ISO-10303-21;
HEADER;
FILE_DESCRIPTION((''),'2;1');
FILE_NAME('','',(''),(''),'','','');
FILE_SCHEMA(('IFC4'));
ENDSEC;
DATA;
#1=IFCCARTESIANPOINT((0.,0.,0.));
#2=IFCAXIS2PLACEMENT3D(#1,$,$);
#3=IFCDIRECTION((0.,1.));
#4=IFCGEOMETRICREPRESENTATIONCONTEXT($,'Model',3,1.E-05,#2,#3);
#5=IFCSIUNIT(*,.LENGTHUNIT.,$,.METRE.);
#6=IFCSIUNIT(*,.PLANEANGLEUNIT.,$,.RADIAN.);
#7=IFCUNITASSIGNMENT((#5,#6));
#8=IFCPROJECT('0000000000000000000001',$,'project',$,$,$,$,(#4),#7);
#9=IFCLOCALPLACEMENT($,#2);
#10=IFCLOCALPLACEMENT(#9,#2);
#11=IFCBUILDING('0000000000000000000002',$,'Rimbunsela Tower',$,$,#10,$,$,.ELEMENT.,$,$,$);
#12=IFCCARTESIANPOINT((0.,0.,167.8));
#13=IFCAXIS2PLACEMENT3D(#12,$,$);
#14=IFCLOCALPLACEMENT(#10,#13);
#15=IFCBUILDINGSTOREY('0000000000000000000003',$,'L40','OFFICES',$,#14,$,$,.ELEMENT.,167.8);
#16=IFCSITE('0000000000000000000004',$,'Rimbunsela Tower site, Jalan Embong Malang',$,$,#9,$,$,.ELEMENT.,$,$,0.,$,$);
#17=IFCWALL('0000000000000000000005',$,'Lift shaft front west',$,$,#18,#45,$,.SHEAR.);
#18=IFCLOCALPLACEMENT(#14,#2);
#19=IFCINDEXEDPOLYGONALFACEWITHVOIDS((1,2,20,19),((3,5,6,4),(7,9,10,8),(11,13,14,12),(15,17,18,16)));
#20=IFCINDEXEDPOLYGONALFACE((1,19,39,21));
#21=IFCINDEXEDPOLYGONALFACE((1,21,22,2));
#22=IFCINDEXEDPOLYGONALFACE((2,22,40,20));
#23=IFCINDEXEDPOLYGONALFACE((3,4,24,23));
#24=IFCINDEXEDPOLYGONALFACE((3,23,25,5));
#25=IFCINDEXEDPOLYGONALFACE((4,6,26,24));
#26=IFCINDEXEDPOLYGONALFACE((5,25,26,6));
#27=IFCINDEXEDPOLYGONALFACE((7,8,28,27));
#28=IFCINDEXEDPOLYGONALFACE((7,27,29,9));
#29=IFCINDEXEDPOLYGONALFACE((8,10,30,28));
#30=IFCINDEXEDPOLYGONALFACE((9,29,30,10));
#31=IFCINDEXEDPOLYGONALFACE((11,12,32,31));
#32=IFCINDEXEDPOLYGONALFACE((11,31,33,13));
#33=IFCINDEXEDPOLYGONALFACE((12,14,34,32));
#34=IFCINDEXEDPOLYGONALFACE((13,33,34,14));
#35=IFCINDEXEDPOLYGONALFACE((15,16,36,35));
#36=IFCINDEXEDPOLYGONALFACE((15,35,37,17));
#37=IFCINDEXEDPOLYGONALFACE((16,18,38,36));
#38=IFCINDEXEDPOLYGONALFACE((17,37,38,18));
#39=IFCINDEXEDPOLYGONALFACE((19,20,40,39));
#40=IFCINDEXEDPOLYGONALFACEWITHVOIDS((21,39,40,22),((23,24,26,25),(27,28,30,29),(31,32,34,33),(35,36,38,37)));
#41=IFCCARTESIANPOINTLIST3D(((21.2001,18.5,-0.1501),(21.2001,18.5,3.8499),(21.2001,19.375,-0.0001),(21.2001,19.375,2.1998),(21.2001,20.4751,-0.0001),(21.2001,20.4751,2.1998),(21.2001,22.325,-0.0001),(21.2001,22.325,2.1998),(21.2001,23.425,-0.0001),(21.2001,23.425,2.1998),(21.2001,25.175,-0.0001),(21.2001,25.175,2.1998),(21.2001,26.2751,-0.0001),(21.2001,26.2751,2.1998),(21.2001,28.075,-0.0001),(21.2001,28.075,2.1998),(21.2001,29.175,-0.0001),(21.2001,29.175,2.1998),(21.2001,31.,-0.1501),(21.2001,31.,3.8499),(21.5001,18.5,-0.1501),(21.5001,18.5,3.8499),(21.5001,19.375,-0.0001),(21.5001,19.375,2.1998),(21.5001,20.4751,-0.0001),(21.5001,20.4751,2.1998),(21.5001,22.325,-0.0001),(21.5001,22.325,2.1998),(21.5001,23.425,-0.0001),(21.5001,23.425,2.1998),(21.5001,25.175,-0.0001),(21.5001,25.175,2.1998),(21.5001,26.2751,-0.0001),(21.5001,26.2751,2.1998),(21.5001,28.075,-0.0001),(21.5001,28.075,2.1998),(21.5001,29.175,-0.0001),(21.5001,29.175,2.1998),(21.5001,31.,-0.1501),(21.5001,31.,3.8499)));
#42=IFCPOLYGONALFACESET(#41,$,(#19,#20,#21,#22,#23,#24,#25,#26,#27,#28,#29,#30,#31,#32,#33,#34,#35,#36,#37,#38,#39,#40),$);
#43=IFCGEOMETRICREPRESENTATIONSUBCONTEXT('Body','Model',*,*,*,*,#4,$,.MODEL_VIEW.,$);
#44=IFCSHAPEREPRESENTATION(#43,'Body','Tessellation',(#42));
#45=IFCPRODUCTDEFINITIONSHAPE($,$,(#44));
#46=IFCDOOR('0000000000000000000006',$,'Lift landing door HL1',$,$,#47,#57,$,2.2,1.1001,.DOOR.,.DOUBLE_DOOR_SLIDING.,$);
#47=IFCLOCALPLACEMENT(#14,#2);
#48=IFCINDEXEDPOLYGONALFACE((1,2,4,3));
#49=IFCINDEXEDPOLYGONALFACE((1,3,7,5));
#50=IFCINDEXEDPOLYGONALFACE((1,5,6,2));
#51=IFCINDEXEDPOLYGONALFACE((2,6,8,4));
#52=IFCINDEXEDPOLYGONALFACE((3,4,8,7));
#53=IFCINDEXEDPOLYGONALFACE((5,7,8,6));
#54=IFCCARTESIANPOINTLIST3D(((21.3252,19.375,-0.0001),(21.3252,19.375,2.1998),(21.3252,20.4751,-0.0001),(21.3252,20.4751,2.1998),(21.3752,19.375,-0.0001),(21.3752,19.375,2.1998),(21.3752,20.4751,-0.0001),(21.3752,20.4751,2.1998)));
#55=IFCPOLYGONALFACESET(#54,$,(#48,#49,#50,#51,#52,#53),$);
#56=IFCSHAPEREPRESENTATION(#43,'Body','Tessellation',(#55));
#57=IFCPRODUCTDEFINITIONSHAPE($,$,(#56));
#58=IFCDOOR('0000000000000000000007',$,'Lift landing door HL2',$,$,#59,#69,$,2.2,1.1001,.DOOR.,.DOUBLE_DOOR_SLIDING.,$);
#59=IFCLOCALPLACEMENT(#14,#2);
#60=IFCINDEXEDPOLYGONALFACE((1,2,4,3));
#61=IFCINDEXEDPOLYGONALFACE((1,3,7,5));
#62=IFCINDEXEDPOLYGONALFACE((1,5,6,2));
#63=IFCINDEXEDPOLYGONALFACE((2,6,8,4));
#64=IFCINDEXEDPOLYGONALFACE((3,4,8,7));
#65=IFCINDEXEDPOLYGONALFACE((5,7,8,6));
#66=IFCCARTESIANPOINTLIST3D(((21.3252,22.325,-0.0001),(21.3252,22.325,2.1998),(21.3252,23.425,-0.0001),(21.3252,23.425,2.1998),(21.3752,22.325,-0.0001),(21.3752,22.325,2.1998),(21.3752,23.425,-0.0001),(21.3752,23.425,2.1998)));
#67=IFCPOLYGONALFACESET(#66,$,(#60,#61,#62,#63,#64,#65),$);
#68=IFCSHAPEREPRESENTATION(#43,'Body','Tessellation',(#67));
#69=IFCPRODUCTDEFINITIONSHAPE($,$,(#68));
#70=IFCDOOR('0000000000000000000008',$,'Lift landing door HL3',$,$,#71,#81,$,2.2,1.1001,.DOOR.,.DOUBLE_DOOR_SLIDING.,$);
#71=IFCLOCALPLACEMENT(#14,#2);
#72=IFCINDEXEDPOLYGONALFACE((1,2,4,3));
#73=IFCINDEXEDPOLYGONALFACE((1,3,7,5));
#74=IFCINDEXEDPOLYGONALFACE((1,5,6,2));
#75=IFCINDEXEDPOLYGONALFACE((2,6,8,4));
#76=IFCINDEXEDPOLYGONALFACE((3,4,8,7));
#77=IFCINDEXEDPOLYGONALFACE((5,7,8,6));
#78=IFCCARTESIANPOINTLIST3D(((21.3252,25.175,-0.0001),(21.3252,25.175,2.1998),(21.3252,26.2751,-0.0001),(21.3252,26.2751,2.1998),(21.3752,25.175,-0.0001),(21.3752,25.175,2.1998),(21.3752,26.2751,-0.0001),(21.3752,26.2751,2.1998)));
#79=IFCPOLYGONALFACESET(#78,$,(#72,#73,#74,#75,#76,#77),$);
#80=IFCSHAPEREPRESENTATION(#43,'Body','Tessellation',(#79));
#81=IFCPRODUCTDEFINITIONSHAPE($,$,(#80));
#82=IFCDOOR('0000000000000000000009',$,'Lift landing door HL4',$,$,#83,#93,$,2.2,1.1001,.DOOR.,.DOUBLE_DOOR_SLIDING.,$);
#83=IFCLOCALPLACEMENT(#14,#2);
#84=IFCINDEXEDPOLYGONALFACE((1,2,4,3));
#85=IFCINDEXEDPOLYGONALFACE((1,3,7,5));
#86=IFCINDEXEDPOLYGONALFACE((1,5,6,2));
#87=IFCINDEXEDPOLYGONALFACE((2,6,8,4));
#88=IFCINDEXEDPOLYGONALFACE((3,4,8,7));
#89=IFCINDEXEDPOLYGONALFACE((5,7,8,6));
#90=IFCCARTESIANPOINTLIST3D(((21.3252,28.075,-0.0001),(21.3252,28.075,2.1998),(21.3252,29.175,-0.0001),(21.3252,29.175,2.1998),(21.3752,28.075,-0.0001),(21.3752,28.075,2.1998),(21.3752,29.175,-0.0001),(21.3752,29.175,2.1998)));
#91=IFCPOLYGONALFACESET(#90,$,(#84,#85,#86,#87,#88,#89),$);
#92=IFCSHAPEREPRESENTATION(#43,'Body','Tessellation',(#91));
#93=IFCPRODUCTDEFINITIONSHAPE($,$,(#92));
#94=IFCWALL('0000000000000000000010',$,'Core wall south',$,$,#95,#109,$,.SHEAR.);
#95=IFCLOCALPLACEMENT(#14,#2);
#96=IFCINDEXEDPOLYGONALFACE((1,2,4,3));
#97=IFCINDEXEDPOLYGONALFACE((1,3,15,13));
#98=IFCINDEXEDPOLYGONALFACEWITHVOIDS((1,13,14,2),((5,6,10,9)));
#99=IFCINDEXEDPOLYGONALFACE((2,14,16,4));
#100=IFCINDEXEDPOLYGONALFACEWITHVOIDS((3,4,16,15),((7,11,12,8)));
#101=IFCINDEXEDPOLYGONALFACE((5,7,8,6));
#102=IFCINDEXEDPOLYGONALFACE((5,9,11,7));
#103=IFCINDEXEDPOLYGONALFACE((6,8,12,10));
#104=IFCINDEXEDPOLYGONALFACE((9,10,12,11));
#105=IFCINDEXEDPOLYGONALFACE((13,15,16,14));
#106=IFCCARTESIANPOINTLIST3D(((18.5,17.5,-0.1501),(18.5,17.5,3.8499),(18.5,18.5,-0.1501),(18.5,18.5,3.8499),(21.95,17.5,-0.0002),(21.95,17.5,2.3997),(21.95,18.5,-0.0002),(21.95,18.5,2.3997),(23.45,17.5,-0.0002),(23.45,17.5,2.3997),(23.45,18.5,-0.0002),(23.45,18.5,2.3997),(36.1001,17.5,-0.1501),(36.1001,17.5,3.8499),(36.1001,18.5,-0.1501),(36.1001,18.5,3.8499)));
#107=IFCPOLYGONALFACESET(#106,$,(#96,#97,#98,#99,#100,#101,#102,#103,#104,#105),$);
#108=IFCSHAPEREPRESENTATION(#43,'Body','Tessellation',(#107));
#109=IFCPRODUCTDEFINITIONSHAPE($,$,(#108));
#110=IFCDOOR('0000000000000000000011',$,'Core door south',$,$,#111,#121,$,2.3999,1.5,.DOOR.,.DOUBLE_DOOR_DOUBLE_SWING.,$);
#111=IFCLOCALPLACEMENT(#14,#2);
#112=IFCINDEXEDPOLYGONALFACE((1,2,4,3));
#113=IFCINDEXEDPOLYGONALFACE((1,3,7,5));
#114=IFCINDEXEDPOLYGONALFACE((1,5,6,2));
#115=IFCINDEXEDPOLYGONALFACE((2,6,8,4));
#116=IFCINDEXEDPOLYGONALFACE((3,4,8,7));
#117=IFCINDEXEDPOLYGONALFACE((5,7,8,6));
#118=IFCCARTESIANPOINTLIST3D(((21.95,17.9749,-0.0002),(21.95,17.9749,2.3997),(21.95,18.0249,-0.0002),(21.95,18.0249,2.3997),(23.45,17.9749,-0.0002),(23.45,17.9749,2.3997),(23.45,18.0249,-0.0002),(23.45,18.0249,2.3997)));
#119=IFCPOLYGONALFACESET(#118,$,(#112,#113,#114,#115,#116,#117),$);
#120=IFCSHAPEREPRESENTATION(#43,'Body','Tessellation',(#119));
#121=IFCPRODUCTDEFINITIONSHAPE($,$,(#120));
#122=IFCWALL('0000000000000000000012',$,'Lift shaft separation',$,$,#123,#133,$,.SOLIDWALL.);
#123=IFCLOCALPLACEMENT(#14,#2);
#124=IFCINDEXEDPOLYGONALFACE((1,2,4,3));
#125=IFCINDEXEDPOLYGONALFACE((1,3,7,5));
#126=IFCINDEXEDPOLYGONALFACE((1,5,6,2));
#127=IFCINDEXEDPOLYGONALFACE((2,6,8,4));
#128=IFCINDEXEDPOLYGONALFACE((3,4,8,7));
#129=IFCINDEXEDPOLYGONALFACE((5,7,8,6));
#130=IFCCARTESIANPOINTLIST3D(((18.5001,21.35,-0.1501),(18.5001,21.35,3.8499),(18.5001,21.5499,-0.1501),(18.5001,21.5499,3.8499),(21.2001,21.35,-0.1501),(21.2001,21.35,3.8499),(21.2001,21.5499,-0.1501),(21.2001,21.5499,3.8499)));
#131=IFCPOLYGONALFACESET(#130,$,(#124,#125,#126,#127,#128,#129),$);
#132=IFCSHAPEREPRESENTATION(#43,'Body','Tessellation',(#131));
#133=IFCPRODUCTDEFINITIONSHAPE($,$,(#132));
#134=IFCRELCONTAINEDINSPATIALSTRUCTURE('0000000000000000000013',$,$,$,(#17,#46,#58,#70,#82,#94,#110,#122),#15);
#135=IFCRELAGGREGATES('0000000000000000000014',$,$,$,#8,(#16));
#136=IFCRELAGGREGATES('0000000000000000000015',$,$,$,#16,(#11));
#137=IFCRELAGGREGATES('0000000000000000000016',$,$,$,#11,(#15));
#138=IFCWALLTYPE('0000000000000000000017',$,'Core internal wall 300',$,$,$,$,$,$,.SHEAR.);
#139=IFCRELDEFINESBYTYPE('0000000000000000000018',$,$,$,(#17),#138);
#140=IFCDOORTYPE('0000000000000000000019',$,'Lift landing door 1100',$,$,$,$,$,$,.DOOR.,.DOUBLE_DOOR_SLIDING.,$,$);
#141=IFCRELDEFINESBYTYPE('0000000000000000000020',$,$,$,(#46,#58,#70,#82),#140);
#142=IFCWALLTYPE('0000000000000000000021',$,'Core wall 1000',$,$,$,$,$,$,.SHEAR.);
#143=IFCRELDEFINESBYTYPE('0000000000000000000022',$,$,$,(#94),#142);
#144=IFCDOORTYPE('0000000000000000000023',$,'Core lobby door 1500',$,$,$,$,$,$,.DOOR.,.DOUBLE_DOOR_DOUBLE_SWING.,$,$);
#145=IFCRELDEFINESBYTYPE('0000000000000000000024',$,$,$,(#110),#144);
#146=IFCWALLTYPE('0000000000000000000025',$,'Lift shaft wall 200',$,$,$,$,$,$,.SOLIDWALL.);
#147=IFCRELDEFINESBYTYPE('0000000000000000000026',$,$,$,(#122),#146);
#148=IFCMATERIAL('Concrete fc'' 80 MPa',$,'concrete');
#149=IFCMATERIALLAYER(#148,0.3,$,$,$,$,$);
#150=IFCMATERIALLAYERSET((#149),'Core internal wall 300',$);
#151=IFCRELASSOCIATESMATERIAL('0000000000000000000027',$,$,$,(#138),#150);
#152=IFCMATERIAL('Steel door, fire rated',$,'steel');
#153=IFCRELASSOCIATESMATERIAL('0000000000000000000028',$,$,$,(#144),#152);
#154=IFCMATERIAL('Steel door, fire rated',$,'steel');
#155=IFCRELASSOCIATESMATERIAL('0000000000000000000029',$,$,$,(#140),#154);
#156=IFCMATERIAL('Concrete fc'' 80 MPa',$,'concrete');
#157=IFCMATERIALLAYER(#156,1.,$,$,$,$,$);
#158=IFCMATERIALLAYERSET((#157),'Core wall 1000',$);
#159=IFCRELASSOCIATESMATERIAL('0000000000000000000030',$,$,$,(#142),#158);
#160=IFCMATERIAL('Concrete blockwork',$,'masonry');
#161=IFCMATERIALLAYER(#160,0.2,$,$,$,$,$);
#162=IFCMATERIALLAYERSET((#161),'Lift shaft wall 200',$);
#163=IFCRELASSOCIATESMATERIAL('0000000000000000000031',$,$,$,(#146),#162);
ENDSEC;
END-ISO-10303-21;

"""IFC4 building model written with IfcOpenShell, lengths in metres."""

from ifc_helpers import new_model, si_unit, direction, frame, frame_2d, origin, place, context, subcontext, project, spatial, rectangle, extrude, material, layer, layer_set, type_object, element, fill, save


model = new_model("IFC4")

# Units and contexts
model_context = context("Model", 3, precision=1e-05, world=origin(), true_north=direction((0.0, 1.0)))
body_context = subcontext(model_context, "Body", "Model", "MODEL_VIEW")
ifc_project = project(units=[si_unit("LENGTHUNIT", "METRE"), si_unit("PLANEANGLEUNIT", "RADIAN")], contexts=[model_context])

# Site, building, storey
site_placement = place(None, origin())
site = spatial("IfcSite", under=ifc_project, at=site_placement, Name="Rimbunsela Tower site, Jalan Embong Malang", CompositionType="ELEMENT", RefElevation=0.0)
building_placement = place(site_placement, origin())
building = spatial("IfcBuilding", under=site, at=building_placement, Name="Rimbunsela Tower", CompositionType="ELEMENT")
storey_placement = place(building_placement, frame((0.0, 0.0, 167.8)))
storey = spatial("IfcBuildingStorey", under=building, at=storey_placement, Name="L40", Description="OFFICES", CompositionType="ELEMENT", Elevation=167.8)

# Shared definitions
ifc_material_1 = material(Name="Concrete fc' 80 MPa", Category="concrete")
ifc_layer_1 = layer(ifc_material_1, 0.3)
ifc_layer_set_1 = layer_set([ifc_layer_1], Name="Core internal wall 300")
wall_type_1 = type_object("IfcWallType", Name="Core internal wall 300", PredefinedType="SHEAR", material=ifc_layer_set_1)
ifc_material_2 = material(Name="Steel door, fire rated", Category="steel")
door_type_1 = type_object("IfcDoorType", Name="Core lobby door 1500", OperationType="DOUBLE_DOOR_DOUBLE_SWING", PredefinedType="DOOR", material=ifc_material_2)

# Wall, openings, doors
wall_1_placement = place(storey_placement, frame((21.3501, 18.5, -0.1501), z_axis=(0.0, 0.0, 1.0), x_axis=(0.0, 1.0, 0.0)))
wall_1 = element("IfcWall", 1, at=wall_1_placement, inside=storey, type_object=wall_type_1, Name="Lift shaft front west", PredefinedType="SHEAR", context=body_context, shape_type="SweptSolid", body=[
    extrude(rectangle(XDim=12.5, YDim=0.3, at=frame_2d((6.25, 0.0))), origin(), (0.0, 0.0, 1.0), 4.0),
])
opening_1_placement = place(wall_1_placement, frame((0.875, 0.0, 0.1499)))
opening_1 = element("IfcOpeningElement", 2, at=opening_1_placement, cuts=wall_1, PredefinedType="OPENING", context=body_context, shape_type="SweptSolid", body=[
    extrude(rectangle(XDim=1.1001, YDim=2.2, at=frame_2d((0.55, 1.1001))), frame((0.0, 0.1599, 0.0), z_axis=(0.0, -1.0, 0.0), x_axis=(1.0, 0.0, 0.0)), (0.0, 0.0, 1.0), 0.3201),
])
opening_2_placement = place(wall_1_placement, frame((3.825, 0.0, 0.1499)))
opening_2 = element("IfcOpeningElement", 3, at=opening_2_placement, cuts=wall_1, PredefinedType="OPENING", context=body_context, shape_type="SweptSolid", body=[
    extrude(rectangle(XDim=1.1001, YDim=2.2, at=frame_2d((0.55, 1.1001))), frame((0.0, 0.1599, 0.0), z_axis=(0.0, -1.0, 0.0), x_axis=(1.0, 0.0, 0.0)), (0.0, 0.0, 1.0), 0.3201),
])
opening_3_placement = place(wall_1_placement, frame((6.675, 0.0, 0.1499)))
opening_3 = element("IfcOpeningElement", 4, at=opening_3_placement, cuts=wall_1, PredefinedType="OPENING", context=body_context, shape_type="SweptSolid", body=[
    extrude(rectangle(XDim=1.1001, YDim=2.2, at=frame_2d((0.55, 1.1001))), frame((0.0, 0.1599, 0.0), z_axis=(0.0, -1.0, 0.0), x_axis=(1.0, 0.0, 0.0)), (0.0, 0.0, 1.0), 0.3201),
])
opening_4_placement = place(wall_1_placement, frame((9.575, 0.0, 0.1499)))
opening_4 = element("IfcOpeningElement", 5, at=opening_4_placement, cuts=wall_1, PredefinedType="OPENING", context=body_context, shape_type="SweptSolid", body=[
    extrude(rectangle(XDim=1.1001, YDim=2.2, at=frame_2d((0.55, 1.1001))), frame((0.0, 0.1599, 0.0), z_axis=(0.0, -1.0, 0.0), x_axis=(1.0, 0.0, 0.0)), (0.0, 0.0, 1.0), 0.3201),
])
ifc_material_3 = material(Name="Steel door, fire rated", Category="steel")
door_type_2 = type_object("IfcDoorType", Name="Lift landing door 1100", OperationType="DOUBLE_DOOR_SLIDING", PredefinedType="DOOR", material=ifc_material_3)
door_1_placement = place(opening_1_placement, origin())
door_1 = element("IfcDoor", 6, at=door_1_placement, inside=storey, type_object=door_type_2, Name="Lift landing door HL1", OperationType="DOUBLE_DOOR_SLIDING", OverallHeight=2.2, OverallWidth=1.1001, PredefinedType="DOOR", context=body_context, shape_type="SweptSolid", body=[
    extrude(rectangle(XDim=1.1001, YDim=2.2, at=frame_2d((0.55, 1.1001))), frame((0.0, 0.0249, 0.0), z_axis=(0.0, -1.0, 0.0), x_axis=(1.0, 0.0, 0.0)), (0.0, 0.0, 1.0), 0.05),
])
fill(opening_1, door_1)
door_2_placement = place(opening_2_placement, origin())
door_2 = element("IfcDoor", 7, at=door_2_placement, inside=storey, type_object=door_type_2, Name="Lift landing door HL2", OperationType="DOUBLE_DOOR_SLIDING", OverallHeight=2.2, OverallWidth=1.1001, PredefinedType="DOOR", context=body_context, shape_type="SweptSolid", body=[
    extrude(rectangle(XDim=1.1001, YDim=2.2, at=frame_2d((0.55, 1.1001))), frame((0.0, 0.0249, 0.0), z_axis=(0.0, -1.0, 0.0), x_axis=(1.0, 0.0, 0.0)), (0.0, 0.0, 1.0), 0.05),
])
fill(opening_2, door_2)
door_3_placement = place(opening_3_placement, origin())
door_3 = element("IfcDoor", 8, at=door_3_placement, inside=storey, type_object=door_type_2, Name="Lift landing door HL3", OperationType="DOUBLE_DOOR_SLIDING", OverallHeight=2.2, OverallWidth=1.1001, PredefinedType="DOOR", context=body_context, shape_type="SweptSolid", body=[
    extrude(rectangle(XDim=1.1001, YDim=2.2, at=frame_2d((0.55, 1.1001))), frame((0.0, 0.0249, 0.0), z_axis=(0.0, -1.0, 0.0), x_axis=(1.0, 0.0, 0.0)), (0.0, 0.0, 1.0), 0.05),
])
fill(opening_3, door_3)
door_4_placement = place(opening_4_placement, origin())
door_4 = element("IfcDoor", 9, at=door_4_placement, inside=storey, type_object=door_type_2, Name="Lift landing door HL4", OperationType="DOUBLE_DOOR_SLIDING", OverallHeight=2.2, OverallWidth=1.1001, PredefinedType="DOOR", context=body_context, shape_type="SweptSolid", body=[
    extrude(rectangle(XDim=1.1001, YDim=2.2, at=frame_2d((0.55, 1.1001))), frame((0.0, 0.0249, 0.0), z_axis=(0.0, -1.0, 0.0), x_axis=(1.0, 0.0, 0.0)), (0.0, 0.0, 1.0), 0.05),
])
fill(opening_4, door_4)

# Wall, opening, door
ifc_material_4 = material(Name="Concrete fc' 80 MPa", Category="concrete")
ifc_layer_2 = layer(ifc_material_4, 1.0)
ifc_layer_set_2 = layer_set([ifc_layer_2], Name="Core wall 1000")
wall_type_2 = type_object("IfcWallType", Name="Core wall 1000", PredefinedType="SHEAR", material=ifc_layer_set_2)
wall_2_placement = place(storey_placement, frame((18.5, 18.0, -0.1501), z_axis=(0.0, 0.0, 1.0), x_axis=(1.0, 0.0, 0.0)))
wall_2 = element("IfcWall", 10, at=wall_2_placement, inside=storey, type_object=wall_type_2, Name="Core wall south", PredefinedType="SHEAR", context=body_context, shape_type="SweptSolid", body=[
    extrude(rectangle(XDim=17.6001, YDim=1.0, at=frame_2d((8.8, 0.0))), origin(), (0.0, 0.0, 1.0), 4.0),
])
opening_5_placement = place(wall_2_placement, frame((3.45, 0.0, 0.1499)))
opening_5 = element("IfcOpeningElement", 11, at=opening_5_placement, cuts=wall_2, PredefinedType="OPENING", context=body_context, shape_type="SweptSolid", body=[
    extrude(rectangle(XDim=1.5, YDim=2.3999, at=frame_2d((0.75, 1.2))), frame((0.0, 0.51, 0.0), z_axis=(0.0, -1.0, 0.0), x_axis=(1.0, 0.0, 0.0)), (0.0, 0.0, 1.0), 1.02),
])
door_5_placement = place(opening_5_placement, origin())
door_5 = element("IfcDoor", 12, at=door_5_placement, inside=storey, type_object=door_type_1, Name="Core door south", OperationType="DOUBLE_DOOR_DOUBLE_SWING", OverallHeight=2.3999, OverallWidth=1.5, PredefinedType="DOOR", context=body_context, shape_type="SweptSolid", body=[
    extrude(rectangle(XDim=1.5, YDim=2.3999, at=frame_2d((0.75, 1.2))), frame((0.0, 0.0249, 0.0), z_axis=(0.0, -1.0, 0.0), x_axis=(1.0, 0.0, 0.0)), (0.0, 0.0, 1.0), 0.05),
])
fill(opening_5, door_5)

# Wall
ifc_material_5 = material(Name="Concrete blockwork", Category="masonry")
ifc_layer_3 = layer(ifc_material_5, 0.2)
ifc_layer_set_3 = layer_set([ifc_layer_3], Name="Lift shaft wall 200")
wall_type_3 = type_object("IfcWallType", Name="Lift shaft wall 200", PredefinedType="SOLIDWALL", material=ifc_layer_set_3)
wall_3_placement = place(storey_placement, frame((18.5, 21.45, -0.1501), z_axis=(0.0, 0.0, 1.0), x_axis=(1.0, 0.0, 0.0)))
element("IfcWall", 13, at=wall_3_placement, inside=storey, type_object=wall_type_3, Name="Lift shaft separation", PredefinedType="SOLIDWALL", context=body_context, shape_type="SweptSolid", body=[
    extrude(rectangle(XDim=2.7, YDim=0.2, at=frame_2d((1.3501, 0.0))), origin(), (0.0, 0.0, 1.0), 4.0),
])

save(model, "model.ifc")
